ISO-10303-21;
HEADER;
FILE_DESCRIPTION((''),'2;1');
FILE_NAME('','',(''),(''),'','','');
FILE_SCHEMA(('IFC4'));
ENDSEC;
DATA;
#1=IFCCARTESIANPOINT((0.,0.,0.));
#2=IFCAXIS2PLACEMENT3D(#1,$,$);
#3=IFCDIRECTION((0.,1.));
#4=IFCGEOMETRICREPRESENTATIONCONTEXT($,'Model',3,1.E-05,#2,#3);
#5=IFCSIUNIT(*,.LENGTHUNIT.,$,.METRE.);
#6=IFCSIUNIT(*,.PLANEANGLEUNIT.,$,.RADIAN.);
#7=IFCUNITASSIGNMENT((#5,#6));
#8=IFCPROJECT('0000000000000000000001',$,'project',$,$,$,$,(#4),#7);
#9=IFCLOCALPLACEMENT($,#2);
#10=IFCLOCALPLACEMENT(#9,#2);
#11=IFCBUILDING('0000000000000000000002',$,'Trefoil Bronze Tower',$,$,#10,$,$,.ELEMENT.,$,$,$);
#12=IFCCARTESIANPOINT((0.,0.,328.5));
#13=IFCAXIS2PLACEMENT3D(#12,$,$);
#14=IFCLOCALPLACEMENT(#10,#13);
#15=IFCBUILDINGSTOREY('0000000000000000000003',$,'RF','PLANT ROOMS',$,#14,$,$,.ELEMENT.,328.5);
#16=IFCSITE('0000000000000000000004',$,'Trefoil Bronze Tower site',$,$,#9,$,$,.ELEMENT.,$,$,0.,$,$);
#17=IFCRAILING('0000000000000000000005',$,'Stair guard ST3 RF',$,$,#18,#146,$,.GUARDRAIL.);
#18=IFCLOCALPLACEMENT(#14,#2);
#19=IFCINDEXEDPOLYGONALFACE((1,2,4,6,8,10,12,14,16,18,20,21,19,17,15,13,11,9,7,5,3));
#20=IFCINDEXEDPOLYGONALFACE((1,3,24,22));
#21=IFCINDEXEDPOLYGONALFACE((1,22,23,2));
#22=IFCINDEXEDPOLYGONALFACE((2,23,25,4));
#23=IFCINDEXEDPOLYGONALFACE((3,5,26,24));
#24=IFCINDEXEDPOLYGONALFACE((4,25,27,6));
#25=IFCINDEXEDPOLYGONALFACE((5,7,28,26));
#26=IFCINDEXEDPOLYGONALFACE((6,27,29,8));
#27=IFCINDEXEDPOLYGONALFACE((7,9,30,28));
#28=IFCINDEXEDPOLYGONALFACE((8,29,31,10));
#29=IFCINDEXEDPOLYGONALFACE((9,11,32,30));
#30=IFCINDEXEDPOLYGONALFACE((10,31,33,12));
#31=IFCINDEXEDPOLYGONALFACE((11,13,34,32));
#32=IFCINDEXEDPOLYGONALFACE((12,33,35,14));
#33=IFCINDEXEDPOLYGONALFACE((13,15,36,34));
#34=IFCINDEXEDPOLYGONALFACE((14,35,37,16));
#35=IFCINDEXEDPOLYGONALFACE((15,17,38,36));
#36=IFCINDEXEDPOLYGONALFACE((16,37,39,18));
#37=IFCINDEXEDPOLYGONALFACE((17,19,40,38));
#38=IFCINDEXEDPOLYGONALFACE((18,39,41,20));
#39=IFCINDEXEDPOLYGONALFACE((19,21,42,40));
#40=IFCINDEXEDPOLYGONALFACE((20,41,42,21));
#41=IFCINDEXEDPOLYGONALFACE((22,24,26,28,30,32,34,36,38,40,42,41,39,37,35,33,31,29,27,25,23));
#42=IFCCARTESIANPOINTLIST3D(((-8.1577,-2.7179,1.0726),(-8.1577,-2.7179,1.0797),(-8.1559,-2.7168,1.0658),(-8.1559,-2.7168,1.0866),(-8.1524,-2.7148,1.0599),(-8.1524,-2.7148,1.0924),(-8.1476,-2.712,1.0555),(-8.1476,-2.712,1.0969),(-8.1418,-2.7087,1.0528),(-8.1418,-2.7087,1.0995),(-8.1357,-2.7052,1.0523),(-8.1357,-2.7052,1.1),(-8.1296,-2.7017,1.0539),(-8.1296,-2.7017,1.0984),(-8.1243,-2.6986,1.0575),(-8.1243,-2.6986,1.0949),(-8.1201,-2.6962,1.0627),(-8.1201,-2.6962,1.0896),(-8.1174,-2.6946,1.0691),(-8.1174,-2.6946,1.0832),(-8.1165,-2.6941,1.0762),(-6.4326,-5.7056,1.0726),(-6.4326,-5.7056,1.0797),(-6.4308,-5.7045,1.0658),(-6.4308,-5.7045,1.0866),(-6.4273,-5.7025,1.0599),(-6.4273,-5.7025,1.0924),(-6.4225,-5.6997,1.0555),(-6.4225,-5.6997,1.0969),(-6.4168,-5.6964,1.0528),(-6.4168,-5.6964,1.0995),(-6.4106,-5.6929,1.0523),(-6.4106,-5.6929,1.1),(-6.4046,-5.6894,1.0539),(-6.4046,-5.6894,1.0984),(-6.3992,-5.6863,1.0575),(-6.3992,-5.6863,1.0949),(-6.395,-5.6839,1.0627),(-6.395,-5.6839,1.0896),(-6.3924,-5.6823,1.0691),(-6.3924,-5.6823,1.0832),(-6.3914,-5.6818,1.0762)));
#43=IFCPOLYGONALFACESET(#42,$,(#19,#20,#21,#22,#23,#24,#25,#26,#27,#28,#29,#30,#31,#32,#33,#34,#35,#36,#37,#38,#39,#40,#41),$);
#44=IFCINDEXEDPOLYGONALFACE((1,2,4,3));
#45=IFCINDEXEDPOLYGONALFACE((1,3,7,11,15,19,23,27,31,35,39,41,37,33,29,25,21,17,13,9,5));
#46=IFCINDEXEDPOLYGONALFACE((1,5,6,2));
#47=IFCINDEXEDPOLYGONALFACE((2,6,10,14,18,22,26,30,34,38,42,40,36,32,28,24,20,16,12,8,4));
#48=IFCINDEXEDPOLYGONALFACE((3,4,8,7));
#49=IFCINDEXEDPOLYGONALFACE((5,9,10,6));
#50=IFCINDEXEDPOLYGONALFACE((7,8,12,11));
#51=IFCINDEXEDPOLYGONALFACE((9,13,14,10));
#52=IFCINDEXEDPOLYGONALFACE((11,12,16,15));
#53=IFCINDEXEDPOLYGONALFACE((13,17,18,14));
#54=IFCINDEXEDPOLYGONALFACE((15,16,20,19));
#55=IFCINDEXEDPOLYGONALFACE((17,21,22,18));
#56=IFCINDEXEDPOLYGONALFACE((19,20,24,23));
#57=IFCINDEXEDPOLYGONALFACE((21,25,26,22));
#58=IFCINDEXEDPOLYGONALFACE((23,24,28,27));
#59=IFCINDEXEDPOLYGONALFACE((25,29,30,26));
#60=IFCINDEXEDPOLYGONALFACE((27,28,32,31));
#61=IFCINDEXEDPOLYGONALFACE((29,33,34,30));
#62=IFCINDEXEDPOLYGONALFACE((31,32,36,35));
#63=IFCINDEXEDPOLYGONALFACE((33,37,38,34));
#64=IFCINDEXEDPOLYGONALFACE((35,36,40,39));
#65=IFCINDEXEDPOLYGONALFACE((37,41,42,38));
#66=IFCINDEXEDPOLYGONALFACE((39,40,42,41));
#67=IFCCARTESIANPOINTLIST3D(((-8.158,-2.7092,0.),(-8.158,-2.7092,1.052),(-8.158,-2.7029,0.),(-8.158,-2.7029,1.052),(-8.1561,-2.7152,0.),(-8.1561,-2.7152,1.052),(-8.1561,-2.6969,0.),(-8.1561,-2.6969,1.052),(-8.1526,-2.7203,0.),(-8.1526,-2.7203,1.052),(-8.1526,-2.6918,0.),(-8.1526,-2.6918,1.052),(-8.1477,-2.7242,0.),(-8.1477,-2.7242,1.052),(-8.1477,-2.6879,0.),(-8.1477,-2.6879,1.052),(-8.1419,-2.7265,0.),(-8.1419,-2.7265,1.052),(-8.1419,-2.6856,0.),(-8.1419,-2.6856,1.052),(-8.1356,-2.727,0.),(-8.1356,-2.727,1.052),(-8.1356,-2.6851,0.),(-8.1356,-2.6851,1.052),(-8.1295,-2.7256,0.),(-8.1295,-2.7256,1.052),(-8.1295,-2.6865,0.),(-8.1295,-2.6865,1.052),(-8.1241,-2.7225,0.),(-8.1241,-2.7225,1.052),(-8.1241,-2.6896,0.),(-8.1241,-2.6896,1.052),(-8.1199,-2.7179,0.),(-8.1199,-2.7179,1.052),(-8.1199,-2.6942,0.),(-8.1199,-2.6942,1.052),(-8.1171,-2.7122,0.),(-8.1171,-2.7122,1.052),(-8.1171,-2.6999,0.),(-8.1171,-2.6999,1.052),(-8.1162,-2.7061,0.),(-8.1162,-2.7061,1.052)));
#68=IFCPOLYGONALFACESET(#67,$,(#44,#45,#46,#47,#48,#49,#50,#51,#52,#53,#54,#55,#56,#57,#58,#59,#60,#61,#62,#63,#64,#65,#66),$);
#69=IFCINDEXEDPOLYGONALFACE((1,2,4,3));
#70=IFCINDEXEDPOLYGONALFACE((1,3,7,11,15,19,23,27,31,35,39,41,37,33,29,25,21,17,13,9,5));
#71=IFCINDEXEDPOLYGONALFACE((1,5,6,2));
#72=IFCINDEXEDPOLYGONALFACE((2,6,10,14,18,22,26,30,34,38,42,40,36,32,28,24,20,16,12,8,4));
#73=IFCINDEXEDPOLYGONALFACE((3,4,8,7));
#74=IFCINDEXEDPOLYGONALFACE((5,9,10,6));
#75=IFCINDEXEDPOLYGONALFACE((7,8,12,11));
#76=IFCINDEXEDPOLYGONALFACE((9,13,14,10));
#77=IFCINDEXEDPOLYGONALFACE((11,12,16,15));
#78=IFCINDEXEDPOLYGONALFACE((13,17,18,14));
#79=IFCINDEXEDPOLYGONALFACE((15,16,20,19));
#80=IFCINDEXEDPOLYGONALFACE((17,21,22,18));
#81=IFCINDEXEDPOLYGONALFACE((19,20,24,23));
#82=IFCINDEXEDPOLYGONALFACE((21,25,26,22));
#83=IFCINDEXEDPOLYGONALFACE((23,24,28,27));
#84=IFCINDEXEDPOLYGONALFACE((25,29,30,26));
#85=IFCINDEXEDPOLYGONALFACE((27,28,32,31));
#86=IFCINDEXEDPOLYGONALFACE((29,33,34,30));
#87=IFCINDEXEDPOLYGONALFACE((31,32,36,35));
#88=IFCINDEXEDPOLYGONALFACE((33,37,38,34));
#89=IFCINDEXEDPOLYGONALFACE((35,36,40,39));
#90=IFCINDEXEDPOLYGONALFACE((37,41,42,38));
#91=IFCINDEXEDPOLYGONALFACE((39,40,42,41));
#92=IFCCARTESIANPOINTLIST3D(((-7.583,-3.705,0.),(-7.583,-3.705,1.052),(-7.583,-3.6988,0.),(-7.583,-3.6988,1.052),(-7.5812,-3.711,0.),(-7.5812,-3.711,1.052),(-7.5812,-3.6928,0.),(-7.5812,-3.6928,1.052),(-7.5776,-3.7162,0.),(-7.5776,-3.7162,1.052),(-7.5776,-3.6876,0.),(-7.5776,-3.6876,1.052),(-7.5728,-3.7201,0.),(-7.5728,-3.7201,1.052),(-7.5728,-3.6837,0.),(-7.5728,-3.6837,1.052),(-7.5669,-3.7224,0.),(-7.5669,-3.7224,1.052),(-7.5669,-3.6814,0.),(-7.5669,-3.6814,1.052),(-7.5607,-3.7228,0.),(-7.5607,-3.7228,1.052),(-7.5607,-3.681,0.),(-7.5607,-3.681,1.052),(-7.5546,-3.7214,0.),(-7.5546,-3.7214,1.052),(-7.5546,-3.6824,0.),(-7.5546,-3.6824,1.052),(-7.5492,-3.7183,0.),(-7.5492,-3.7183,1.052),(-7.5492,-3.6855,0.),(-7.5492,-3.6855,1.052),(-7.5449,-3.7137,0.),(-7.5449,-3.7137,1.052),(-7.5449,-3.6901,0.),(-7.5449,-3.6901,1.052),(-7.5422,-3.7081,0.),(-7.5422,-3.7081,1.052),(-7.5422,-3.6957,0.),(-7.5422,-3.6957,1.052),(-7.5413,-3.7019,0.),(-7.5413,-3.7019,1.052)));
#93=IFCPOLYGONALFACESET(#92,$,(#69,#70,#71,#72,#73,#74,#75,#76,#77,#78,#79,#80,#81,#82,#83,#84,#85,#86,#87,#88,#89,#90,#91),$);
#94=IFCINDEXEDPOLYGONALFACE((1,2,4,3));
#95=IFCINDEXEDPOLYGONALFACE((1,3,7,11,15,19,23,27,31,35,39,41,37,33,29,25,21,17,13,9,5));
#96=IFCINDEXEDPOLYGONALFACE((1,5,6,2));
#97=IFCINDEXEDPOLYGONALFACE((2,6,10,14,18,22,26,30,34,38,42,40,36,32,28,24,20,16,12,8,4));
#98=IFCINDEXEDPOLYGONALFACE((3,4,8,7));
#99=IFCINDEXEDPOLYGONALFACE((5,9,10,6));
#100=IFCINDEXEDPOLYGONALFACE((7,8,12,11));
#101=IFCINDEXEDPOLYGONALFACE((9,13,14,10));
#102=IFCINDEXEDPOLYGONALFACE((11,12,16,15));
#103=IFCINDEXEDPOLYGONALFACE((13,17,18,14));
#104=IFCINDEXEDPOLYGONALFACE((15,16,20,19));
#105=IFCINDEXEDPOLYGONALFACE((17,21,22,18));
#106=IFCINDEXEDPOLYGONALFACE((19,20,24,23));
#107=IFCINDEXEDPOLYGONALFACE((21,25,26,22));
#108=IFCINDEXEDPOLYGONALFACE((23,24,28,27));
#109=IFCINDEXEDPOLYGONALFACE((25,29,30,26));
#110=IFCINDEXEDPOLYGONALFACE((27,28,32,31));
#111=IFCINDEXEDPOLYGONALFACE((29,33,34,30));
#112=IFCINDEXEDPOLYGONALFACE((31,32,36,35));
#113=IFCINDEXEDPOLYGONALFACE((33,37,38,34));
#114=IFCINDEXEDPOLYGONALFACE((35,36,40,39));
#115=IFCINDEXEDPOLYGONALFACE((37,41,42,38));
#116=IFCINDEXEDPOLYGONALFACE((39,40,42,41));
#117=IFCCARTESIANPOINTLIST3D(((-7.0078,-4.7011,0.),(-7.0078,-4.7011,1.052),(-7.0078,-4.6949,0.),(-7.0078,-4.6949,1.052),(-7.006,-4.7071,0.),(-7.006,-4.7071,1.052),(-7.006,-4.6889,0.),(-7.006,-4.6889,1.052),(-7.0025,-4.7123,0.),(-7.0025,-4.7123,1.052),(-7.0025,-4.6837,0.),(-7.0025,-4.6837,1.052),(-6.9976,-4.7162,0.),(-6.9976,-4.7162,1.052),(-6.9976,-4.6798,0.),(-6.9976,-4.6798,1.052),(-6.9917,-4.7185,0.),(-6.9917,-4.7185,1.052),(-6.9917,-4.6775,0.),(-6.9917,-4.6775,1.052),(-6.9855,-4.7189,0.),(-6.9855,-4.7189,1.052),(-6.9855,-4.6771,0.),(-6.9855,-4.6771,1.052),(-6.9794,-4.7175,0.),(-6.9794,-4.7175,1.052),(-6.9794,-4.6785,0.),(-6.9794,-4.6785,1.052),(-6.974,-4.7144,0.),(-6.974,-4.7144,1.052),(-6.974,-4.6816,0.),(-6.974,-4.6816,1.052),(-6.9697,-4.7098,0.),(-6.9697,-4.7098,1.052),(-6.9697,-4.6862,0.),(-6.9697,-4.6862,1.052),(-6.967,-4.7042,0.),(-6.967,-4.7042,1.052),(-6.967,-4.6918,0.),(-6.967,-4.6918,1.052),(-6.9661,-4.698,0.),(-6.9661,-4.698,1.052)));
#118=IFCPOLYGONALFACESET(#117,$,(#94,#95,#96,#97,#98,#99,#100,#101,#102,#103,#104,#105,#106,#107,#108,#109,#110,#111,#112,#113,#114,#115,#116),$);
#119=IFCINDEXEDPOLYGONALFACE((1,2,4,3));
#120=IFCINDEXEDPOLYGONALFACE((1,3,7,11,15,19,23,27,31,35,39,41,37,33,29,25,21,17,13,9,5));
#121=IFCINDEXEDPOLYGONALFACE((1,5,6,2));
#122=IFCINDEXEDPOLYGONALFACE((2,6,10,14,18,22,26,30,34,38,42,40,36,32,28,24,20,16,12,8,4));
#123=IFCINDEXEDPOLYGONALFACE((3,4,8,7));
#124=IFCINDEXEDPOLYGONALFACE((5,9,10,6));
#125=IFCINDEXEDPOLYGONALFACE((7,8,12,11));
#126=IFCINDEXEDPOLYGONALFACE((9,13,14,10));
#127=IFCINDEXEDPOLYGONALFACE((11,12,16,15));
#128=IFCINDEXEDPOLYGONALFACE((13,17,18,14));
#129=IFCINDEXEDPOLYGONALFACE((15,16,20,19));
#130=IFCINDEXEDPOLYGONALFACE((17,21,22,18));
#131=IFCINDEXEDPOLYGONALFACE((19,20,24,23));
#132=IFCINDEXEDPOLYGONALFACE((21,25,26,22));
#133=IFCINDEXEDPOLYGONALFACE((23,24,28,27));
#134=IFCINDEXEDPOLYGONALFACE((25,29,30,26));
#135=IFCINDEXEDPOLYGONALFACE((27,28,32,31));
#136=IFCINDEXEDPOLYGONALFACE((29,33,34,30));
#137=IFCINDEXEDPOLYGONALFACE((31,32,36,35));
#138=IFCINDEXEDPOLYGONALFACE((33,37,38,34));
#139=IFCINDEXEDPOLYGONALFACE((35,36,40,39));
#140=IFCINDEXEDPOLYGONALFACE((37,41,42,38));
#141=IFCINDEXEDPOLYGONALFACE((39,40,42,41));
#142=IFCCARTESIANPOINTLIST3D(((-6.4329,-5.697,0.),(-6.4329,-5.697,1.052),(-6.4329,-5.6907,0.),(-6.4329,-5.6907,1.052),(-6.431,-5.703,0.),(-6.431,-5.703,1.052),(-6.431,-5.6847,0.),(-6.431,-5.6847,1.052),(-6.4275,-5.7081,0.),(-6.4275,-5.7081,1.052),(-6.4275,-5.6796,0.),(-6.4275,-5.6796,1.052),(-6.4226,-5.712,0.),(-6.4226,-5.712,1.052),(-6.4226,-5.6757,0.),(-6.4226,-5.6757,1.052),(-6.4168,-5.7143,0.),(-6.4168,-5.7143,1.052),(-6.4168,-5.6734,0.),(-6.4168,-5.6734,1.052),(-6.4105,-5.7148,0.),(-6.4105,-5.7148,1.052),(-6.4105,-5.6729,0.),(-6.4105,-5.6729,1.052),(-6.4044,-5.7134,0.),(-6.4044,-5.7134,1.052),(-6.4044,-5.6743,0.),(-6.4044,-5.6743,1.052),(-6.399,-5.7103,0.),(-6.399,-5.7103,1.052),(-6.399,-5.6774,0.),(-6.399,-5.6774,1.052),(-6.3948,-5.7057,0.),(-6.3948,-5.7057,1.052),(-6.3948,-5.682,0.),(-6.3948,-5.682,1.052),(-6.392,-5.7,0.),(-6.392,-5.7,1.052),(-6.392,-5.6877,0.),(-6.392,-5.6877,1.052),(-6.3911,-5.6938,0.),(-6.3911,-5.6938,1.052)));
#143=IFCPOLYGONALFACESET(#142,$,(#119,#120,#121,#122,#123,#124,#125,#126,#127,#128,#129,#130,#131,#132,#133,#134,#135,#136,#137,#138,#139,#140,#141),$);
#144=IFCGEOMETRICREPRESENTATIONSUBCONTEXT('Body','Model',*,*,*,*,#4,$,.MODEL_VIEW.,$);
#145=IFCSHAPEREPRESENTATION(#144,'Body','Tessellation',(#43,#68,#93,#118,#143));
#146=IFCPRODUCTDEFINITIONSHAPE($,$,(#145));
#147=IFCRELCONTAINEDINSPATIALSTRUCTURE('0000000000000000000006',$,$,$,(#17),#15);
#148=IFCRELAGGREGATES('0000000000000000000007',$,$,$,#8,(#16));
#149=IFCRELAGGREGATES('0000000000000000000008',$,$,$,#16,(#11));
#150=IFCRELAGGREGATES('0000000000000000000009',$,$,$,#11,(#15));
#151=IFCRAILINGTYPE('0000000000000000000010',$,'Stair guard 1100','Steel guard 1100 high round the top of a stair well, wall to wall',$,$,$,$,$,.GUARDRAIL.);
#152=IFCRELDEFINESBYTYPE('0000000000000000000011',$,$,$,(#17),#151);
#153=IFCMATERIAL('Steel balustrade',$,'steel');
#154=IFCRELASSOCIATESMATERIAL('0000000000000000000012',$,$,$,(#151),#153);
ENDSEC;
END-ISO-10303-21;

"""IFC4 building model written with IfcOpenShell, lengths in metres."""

from ifc_helpers import new_model, si_unit, direction, frame, origin, origin_2d, place, context, subcontext, project, spatial, circle, extrude, material, type_object, element, save


model = new_model("IFC4")

# Units and contexts
model_context = context("Model", 3, precision=1e-05, world=origin(), true_north=direction((0.0, 1.0)))
body_context = subcontext(model_context, "Body", "Model", "MODEL_VIEW")
ifc_project = project(units=[si_unit("LENGTHUNIT", "METRE"), si_unit("PLANEANGLEUNIT", "RADIAN")], contexts=[model_context])

# Site, building, storey
site_placement = place(None, origin())
site = spatial("IfcSite", under=ifc_project, at=site_placement, Name="Trefoil Bronze Tower site", CompositionType="ELEMENT", RefElevation=0.0)
building_placement = place(site_placement, origin())
building = spatial("IfcBuilding", under=site, at=building_placement, Name="Trefoil Bronze Tower", CompositionType="ELEMENT")
storey_placement = place(building_placement, frame((0.0, 0.0, 328.5)))
storey = spatial("IfcBuildingStorey", under=building, at=storey_placement, Name="RF", Description="PLANT ROOMS", CompositionType="ELEMENT", Elevation=328.5)

# Railing
ifc_material_1 = material(Name="Steel balustrade", Category="steel")
railing_type = type_object("IfcRailingType", Name="Stair guard 1100", Description="Steel guard 1100 high round the top of a stair well, wall to wall", PredefinedType="GUARDRAIL", material=ifc_material_1)
railing_placement = place(storey_placement, frame((-8.1372, -2.7061, 0.0)))
element("IfcRailing", 1, at=railing_placement, inside=storey, type_object=railing_type, Name="Stair guard ST3 RF", PredefinedType="GUARDRAIL", context=body_context, shape_type="SweptSolid", body=[
    extrude(circle(Radius=0.0239, at=origin_2d()), frame((0.0, 0.0, 1.0762), z_axis=(0.500021, -0.866014, 0.0), x_axis=(0.866014, 0.500021, 0.0)), (0.0, 0.0, 1.0), 3.45),
    extrude(circle(Radius=0.021, at=origin_2d()), origin(), (0.0, 0.0, 1.0), 1.052),
    extrude(circle(Radius=0.021, at=origin_2d()), frame((0.575, -0.9958, 0.0)), (0.0, 0.0, 1.0), 1.052),
    extrude(circle(Radius=0.021, at=origin_2d()), frame((1.1501, -1.9919, 0.0)), (0.0, 0.0, 1.0), 1.052),
    extrude(circle(Radius=0.021, at=origin_2d()), frame((1.7251, -2.9878, 0.0)), (0.0, 0.0, 1.0), 1.052),
])

save(model, "model.ifc")
